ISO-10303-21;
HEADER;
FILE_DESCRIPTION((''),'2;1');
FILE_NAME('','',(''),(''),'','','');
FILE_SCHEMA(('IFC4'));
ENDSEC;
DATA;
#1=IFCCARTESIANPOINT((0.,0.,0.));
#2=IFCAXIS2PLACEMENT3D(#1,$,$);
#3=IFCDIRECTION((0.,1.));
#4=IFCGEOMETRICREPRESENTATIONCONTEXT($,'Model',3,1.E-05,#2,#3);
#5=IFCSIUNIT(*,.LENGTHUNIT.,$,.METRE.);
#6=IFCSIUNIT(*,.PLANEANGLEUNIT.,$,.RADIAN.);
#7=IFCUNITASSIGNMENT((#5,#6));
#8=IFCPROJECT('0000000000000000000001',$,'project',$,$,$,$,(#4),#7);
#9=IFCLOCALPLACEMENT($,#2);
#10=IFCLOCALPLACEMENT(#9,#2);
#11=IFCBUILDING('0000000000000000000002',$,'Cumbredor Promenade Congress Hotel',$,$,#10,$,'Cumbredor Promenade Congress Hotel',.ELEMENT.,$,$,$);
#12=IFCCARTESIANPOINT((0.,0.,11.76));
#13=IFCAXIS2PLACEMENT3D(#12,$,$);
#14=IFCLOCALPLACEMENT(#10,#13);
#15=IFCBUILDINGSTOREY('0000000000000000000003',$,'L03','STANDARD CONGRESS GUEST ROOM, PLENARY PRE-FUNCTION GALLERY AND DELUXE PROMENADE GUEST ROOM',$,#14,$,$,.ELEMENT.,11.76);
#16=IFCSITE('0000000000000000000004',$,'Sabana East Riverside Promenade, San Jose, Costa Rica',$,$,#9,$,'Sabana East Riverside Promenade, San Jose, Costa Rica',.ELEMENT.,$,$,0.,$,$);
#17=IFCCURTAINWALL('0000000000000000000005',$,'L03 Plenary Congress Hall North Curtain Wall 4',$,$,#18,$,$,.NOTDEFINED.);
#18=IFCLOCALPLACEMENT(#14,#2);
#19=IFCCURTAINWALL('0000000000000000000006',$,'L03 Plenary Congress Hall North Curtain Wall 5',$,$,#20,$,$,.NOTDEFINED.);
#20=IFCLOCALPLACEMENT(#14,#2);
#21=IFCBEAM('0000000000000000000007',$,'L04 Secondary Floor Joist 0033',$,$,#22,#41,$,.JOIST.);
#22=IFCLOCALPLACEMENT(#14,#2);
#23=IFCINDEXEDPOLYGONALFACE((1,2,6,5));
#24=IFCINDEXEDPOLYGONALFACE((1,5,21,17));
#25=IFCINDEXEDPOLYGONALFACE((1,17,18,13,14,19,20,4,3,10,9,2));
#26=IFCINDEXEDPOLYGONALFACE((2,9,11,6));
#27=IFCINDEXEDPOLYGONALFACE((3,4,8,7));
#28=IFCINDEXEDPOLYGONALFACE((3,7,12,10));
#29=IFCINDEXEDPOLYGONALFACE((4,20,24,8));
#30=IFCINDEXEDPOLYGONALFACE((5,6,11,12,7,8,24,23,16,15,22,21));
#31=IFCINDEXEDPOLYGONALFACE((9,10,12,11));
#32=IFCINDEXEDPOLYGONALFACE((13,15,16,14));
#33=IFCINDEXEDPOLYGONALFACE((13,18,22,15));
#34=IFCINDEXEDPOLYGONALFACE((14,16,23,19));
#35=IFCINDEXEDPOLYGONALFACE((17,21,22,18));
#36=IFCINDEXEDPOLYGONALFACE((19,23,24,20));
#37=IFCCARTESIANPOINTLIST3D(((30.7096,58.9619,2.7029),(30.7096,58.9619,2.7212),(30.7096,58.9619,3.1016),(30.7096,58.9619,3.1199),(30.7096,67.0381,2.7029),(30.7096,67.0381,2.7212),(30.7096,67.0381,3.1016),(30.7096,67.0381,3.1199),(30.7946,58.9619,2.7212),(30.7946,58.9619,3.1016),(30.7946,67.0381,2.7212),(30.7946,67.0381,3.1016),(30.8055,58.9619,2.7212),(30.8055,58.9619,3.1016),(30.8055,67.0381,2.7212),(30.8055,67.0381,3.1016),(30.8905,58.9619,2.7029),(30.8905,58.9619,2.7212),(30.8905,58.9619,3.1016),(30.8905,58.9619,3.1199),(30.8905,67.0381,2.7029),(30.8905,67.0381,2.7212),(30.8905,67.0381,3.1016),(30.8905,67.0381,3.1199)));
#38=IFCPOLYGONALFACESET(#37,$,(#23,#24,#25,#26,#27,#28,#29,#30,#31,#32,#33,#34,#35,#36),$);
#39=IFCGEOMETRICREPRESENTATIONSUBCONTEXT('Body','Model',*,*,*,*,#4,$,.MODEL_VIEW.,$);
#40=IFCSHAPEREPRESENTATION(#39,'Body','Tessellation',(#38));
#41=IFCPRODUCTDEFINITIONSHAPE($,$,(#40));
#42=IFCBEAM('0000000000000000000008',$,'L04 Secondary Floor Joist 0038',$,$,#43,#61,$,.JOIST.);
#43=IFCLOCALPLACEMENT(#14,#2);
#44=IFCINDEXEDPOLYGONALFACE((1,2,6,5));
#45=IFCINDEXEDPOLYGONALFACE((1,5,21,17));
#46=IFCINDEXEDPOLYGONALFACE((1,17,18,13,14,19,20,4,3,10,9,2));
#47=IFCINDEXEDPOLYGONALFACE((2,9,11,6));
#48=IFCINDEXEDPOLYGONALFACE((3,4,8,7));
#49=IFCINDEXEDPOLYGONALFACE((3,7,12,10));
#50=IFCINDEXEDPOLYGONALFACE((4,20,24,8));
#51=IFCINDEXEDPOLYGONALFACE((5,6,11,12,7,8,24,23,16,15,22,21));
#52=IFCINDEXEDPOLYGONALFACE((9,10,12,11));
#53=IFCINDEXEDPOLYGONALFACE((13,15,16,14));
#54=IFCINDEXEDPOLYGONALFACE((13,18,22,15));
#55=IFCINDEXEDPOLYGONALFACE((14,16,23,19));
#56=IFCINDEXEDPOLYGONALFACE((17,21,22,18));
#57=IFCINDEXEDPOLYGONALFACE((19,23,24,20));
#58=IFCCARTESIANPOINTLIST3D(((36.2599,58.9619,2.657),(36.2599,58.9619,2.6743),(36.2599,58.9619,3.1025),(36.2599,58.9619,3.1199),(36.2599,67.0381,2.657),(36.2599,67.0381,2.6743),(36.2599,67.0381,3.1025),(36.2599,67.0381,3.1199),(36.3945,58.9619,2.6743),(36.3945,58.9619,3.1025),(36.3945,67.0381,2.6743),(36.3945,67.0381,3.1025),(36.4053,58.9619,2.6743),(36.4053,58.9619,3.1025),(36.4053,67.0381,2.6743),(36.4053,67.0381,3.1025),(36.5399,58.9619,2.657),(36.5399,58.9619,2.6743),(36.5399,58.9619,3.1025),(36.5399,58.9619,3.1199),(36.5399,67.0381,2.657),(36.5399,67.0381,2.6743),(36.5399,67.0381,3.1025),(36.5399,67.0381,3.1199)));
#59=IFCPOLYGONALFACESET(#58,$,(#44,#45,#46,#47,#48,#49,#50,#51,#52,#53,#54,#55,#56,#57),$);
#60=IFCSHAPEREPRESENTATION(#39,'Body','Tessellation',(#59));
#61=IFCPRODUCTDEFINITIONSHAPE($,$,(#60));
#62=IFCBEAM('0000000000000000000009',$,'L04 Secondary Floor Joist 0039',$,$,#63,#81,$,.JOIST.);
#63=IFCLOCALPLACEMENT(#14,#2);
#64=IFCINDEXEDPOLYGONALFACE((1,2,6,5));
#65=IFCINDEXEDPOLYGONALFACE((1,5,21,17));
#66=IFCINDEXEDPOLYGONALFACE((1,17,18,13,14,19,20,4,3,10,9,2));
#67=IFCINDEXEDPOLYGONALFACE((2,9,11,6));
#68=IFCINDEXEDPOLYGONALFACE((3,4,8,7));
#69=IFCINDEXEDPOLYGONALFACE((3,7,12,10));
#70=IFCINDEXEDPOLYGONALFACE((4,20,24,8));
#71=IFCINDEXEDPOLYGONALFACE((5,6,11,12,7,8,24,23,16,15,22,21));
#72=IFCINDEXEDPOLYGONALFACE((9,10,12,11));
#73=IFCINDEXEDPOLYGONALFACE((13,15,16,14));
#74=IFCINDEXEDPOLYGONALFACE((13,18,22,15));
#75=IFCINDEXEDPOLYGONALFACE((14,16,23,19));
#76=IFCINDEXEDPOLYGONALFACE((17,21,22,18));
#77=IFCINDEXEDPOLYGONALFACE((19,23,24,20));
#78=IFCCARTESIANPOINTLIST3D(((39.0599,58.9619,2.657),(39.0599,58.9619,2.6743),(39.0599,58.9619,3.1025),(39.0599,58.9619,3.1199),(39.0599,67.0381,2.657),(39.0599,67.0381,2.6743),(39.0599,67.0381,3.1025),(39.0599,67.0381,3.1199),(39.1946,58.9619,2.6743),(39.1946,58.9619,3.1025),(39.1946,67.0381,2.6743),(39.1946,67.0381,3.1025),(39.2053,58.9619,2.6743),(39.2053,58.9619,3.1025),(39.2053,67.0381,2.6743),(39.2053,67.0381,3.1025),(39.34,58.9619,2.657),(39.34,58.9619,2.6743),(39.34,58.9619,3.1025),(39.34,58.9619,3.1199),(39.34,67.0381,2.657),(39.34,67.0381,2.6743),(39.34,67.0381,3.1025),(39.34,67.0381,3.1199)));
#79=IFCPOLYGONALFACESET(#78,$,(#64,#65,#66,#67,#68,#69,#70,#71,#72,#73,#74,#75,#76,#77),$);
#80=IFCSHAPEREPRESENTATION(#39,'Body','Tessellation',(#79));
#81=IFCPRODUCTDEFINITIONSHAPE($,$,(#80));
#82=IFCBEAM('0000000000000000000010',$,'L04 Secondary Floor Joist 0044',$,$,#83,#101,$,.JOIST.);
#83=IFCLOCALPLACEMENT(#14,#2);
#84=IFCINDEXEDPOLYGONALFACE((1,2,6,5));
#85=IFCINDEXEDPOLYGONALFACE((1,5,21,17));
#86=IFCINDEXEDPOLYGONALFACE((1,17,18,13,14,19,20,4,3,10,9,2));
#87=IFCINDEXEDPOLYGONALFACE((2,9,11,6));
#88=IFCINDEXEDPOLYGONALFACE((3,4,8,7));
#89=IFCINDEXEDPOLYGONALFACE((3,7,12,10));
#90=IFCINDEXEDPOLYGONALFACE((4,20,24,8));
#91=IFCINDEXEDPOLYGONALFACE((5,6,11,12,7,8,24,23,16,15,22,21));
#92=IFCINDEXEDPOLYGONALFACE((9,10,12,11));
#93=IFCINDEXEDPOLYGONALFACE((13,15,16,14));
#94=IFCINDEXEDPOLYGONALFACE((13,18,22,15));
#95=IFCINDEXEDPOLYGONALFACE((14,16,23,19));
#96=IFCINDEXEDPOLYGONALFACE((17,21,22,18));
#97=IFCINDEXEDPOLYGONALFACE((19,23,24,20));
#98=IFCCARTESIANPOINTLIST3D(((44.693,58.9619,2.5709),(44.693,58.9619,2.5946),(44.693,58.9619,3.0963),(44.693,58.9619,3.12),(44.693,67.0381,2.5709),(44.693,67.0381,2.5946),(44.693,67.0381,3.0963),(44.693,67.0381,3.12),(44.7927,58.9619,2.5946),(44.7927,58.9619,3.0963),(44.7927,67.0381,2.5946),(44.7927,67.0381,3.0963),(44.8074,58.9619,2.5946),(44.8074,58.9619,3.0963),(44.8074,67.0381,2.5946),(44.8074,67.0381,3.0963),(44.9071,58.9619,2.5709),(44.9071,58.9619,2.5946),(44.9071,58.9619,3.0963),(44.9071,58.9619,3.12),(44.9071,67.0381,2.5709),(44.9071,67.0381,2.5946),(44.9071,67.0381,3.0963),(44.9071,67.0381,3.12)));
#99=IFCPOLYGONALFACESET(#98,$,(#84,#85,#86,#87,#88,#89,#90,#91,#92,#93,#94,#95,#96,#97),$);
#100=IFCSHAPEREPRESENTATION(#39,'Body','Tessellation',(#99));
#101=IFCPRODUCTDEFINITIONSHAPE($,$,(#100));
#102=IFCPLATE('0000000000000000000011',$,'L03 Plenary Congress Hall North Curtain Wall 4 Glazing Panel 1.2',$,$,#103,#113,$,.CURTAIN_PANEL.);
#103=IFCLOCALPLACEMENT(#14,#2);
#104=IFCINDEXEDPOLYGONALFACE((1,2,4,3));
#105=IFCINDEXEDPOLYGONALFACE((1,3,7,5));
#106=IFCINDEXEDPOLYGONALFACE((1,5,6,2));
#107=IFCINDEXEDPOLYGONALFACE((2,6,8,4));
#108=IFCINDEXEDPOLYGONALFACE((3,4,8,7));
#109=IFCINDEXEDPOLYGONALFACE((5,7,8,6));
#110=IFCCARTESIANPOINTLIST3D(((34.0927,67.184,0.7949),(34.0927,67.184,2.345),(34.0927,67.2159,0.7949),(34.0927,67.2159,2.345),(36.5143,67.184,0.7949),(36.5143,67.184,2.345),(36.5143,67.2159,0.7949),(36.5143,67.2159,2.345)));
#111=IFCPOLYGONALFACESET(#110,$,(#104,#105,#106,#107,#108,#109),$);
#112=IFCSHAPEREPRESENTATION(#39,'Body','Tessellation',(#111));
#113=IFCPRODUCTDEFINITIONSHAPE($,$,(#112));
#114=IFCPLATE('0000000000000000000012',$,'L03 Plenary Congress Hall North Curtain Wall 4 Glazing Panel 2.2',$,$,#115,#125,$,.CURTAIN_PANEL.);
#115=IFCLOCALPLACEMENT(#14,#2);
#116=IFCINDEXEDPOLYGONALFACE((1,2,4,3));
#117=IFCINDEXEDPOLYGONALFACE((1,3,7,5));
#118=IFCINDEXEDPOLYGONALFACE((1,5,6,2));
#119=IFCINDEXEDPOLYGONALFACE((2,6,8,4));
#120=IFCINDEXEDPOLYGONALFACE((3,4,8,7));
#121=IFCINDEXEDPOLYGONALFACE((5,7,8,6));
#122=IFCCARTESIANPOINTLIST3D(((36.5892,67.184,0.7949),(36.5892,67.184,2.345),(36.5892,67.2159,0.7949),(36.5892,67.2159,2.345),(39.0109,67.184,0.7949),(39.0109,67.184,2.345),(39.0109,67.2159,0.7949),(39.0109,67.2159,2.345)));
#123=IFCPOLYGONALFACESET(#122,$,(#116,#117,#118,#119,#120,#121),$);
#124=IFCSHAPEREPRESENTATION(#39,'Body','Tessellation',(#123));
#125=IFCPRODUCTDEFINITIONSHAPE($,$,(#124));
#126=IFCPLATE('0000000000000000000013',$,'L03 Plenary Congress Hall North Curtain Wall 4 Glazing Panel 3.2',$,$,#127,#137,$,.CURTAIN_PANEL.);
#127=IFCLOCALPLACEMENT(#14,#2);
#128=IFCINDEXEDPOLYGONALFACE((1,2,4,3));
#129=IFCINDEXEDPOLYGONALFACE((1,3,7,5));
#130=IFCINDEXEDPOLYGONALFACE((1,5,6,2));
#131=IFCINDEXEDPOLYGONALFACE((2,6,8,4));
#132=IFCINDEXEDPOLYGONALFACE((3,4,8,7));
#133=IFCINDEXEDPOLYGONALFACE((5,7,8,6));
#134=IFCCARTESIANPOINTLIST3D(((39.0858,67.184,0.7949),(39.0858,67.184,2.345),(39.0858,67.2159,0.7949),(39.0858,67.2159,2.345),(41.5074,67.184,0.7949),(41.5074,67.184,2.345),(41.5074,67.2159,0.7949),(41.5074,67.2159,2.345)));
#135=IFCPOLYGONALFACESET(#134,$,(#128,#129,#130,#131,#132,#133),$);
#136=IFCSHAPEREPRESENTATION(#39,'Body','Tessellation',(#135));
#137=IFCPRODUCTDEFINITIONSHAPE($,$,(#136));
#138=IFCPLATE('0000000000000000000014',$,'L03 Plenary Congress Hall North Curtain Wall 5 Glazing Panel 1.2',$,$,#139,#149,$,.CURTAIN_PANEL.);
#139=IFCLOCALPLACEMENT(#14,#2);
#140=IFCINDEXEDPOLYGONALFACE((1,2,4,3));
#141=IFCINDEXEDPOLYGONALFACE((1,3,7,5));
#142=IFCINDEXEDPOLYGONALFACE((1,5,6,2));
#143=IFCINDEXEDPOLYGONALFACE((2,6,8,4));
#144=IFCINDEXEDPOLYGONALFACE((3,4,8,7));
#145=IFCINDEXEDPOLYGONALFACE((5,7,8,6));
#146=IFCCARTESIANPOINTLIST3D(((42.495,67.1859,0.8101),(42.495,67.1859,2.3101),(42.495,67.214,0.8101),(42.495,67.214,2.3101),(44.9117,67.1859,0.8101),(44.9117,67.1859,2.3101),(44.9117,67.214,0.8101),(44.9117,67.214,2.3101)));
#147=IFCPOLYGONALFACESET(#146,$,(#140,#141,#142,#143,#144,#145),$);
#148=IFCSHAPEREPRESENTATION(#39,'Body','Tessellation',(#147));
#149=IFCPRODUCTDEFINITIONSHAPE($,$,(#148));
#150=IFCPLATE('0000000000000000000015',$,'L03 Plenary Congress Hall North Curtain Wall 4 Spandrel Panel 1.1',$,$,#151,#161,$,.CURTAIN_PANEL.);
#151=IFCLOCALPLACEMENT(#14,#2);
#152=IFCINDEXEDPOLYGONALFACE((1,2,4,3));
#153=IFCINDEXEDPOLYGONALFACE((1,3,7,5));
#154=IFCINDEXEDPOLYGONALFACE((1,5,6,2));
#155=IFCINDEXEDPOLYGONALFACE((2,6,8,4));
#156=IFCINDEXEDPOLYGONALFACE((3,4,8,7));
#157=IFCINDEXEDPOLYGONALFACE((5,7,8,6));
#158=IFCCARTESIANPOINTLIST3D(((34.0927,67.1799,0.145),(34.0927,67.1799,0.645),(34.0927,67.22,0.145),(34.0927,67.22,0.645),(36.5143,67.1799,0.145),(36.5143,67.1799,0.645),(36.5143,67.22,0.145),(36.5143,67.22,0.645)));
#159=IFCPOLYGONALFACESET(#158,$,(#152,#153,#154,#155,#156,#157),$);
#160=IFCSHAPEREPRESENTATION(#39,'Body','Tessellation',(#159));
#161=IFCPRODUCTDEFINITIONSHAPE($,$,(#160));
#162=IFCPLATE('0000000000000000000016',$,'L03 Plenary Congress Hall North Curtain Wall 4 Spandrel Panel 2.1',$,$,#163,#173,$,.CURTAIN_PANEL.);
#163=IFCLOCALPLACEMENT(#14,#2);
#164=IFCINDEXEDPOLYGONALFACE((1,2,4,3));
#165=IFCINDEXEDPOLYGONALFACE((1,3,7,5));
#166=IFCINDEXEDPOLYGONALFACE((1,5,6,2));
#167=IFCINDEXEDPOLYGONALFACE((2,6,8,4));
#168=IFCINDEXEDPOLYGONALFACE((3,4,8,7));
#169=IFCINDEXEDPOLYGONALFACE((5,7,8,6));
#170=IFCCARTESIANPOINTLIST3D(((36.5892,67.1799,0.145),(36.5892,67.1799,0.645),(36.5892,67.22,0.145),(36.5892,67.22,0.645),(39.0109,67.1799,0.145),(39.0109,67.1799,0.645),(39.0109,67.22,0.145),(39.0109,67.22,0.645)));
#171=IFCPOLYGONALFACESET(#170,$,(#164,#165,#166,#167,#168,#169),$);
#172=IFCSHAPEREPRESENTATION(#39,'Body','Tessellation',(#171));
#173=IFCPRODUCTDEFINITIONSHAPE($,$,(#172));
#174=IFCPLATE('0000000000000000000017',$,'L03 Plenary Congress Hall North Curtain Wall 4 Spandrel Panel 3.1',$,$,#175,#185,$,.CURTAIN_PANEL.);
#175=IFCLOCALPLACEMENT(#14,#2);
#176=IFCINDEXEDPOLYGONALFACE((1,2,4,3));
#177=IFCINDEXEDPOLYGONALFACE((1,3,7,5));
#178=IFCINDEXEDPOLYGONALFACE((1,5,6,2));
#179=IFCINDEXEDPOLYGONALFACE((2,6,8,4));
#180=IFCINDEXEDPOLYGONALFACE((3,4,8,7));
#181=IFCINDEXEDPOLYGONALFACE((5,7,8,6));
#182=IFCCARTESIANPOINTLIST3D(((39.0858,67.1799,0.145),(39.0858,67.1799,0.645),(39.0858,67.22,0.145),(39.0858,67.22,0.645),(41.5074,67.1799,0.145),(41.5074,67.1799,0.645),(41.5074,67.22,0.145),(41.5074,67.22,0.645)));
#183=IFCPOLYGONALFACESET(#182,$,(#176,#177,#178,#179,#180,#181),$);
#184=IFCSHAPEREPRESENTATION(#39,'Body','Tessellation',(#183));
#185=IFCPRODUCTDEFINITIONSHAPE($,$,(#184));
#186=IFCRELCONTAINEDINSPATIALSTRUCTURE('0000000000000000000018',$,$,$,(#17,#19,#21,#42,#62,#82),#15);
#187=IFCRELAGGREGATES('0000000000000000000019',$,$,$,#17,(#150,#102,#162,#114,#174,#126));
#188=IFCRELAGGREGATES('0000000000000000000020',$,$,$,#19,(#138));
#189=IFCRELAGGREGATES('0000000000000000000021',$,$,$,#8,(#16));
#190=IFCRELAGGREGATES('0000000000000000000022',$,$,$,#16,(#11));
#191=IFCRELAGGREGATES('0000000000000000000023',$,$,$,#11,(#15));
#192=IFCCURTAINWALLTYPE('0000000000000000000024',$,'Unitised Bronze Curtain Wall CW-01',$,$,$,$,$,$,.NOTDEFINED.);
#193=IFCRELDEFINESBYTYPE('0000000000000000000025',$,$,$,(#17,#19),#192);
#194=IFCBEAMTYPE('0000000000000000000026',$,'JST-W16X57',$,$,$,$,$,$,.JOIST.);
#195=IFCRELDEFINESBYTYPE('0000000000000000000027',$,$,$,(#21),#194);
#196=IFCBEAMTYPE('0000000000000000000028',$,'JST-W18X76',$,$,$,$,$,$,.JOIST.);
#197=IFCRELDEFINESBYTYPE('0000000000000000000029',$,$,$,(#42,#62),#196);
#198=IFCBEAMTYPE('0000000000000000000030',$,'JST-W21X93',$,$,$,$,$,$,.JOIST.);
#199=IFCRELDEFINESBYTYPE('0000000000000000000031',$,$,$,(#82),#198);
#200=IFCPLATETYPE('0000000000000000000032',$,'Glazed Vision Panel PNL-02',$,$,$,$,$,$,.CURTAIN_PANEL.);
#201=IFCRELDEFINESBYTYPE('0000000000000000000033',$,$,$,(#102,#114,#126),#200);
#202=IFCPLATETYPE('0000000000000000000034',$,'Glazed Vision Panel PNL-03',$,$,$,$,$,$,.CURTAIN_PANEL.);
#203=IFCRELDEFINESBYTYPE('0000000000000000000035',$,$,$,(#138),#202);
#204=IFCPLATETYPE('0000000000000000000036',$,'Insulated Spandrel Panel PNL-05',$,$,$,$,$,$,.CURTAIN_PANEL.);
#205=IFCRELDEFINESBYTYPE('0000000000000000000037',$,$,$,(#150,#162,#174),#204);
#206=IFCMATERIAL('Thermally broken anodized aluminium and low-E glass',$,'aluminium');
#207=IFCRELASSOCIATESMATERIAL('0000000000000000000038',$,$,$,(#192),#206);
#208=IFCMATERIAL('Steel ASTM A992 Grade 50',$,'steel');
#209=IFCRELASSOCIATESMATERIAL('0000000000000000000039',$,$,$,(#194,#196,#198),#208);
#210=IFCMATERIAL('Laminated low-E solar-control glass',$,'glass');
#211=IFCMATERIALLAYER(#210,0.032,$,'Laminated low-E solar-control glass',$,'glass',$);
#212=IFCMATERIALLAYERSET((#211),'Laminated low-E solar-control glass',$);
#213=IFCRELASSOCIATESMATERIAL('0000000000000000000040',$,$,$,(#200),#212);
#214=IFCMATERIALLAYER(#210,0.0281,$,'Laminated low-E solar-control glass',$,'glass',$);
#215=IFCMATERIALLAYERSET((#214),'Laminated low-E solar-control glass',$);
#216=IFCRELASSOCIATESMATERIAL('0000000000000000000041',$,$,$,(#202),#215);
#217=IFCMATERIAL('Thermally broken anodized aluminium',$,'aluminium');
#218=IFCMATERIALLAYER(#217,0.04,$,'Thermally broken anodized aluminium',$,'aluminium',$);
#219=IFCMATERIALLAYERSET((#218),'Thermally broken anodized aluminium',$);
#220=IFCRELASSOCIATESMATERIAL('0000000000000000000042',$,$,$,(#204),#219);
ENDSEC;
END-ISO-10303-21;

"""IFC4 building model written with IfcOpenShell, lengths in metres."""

from ifc_helpers import new_model, si_unit, direction, frame, origin, origin_2d, place, context, subcontext, project, spatial, rectangle, i_section, extrude, material, layer, layer_set, material_profile, profile_set, type_object, element, aggregate, save


model = new_model("IFC4")

# Units and contexts
model_context = context("Model", 3, precision=1e-05, world=origin(), true_north=direction((0.0, 1.0)))
body_context = subcontext(model_context, "Body", "Model", "MODEL_VIEW")
ifc_project = project(units=[si_unit("LENGTHUNIT", "METRE"), si_unit("PLANEANGLEUNIT", "RADIAN")], contexts=[model_context])

# Site, building, storey
site_placement = place(None, origin())
site = spatial("IfcSite", under=ifc_project, at=site_placement, Name="Sabana East Riverside Promenade, San Jose, Costa Rica", LongName="Sabana East Riverside Promenade, San Jose, Costa Rica", CompositionType="ELEMENT", RefElevation=0.0)
building_placement = place(site_placement, origin())
building = spatial("IfcBuilding", under=site, at=building_placement, Name="Cumbredor Promenade Congress Hotel", LongName="Cumbredor Promenade Congress Hotel", CompositionType="ELEMENT")
storey_placement = place(building_placement, frame((0.0, 0.0, 11.76)))
storey = spatial("IfcBuildingStorey", under=building, at=storey_placement, Name="L03", Description="STANDARD CONGRESS GUEST ROOM, PLENARY PRE-FUNCTION GALLERY AND DELUXE PROMENADE GUEST ROOM", CompositionType="ELEMENT", Elevation=11.76)

# Shared definitions
ifc_material_1 = material(Name="Steel ASTM A992 Grade 50", Category="steel")

# Curtain wall
ifc_material_2 = material(Name="Thermally broken anodized aluminium and low-E glass", Category="aluminium")
curtain_wall_type = type_object("IfcCurtainWallType", Name="Unitised Bronze Curtain Wall CW-01", PredefinedType="NOTDEFINED", material=ifc_material_2)
curtain_wall_1_placement = place(storey_placement, origin())
curtain_wall_1 = element("IfcCurtainWall", 1, at=curtain_wall_1_placement, inside=storey, type_object=curtain_wall_type, Name="L03 Plenary Congress Hall North Curtain Wall 4", PredefinedType="NOTDEFINED")
ifc_material_3 = material(Name="Thermally broken anodized aluminium", Category="aluminium")

# Curtain wall
curtain_wall_2_placement = place(storey_placement, origin())
curtain_wall_2 = element("IfcCurtainWall", 2, at=curtain_wall_2_placement, inside=storey, type_object=curtain_wall_type, Name="L03 Plenary Congress Hall North Curtain Wall 5", PredefinedType="NOTDEFINED")

# Beams
ifc_material_profile_1 = material_profile(ifc_material_1, i_section(OverallWidth=0.1809, OverallDepth=0.417, WebThickness=0.011, FlangeThickness=0.0183, at=origin_2d()), Name="W16X57")
ifc_profile_set_1 = profile_set([ifc_material_profile_1], Name="Steel ASTM A992 Grade 50")
beam_type_1 = type_object("IfcBeamType", Name="JST-W16X57", PredefinedType="JOIST", material=ifc_profile_set_1)
beam_1_placement = place(storey_placement, frame((30.8, 58.9619, 2.9114), z_axis=(0.0, 1.0, 0.0), x_axis=(-1.0, 0.0, 0.0)))
element("IfcBeam", 3, at=beam_1_placement, inside=storey, type_object=beam_type_1, Name="L04 Secondary Floor Joist 0033", PredefinedType="JOIST", context=body_context, shape_type="SweptSolid", body=[
    extrude(i_section(OverallWidth=0.1809, OverallDepth=0.417, WebThickness=0.011, FlangeThickness=0.0183, at=origin_2d()), origin(), (0.0, 0.0, 1.0), 8.0762),
])
ifc_material_profile_2 = material_profile(ifc_material_1, i_section(OverallWidth=0.28, OverallDepth=0.4629, WebThickness=0.0107, FlangeThickness=0.0173, at=origin_2d()), Name="W18X76")
ifc_profile_set_2 = profile_set([ifc_material_profile_2], Name="Steel ASTM A992 Grade 50")
beam_type_2 = type_object("IfcBeamType", Name="JST-W18X76", PredefinedType="JOIST", material=ifc_profile_set_2)
for number, where, z_axis, x_axis, name in (
    (4, (36.3999, 58.9619, 2.8884), (0.0, 1.0, 0.0), (-1.0, 0.0, 0.0), "L04 Secondary Floor Joist 0038"),
    (5, (39.2, 58.9619, 2.8884), (0.0, 1.0, 0.0), (-1.0, 0.0, 0.0), "L04 Secondary Floor Joist 0039"),
):
    element("IfcBeam", number, at=place(storey_placement, frame(where, z_axis=z_axis, x_axis=x_axis)), inside=storey, type_object=beam_type_2, Name=name, PredefinedType="JOIST", context=body_context, shape_type="SweptSolid", body=[
        extrude(i_section(OverallWidth=0.28, OverallDepth=0.4629, WebThickness=0.0107, FlangeThickness=0.0173, at=origin_2d()), origin(), (0.0, 0.0, 1.0), 8.0762),
    ])
ifc_material_profile_3 = material_profile(ifc_material_1, i_section(OverallWidth=0.2141, OverallDepth=0.5491, WebThickness=0.0146, FlangeThickness=0.0237, at=origin_2d()), Name="W21X93")
ifc_profile_set_3 = profile_set([ifc_material_profile_3], Name="Steel ASTM A992 Grade 50")
beam_type_3 = type_object("IfcBeamType", Name="JST-W21X93", PredefinedType="JOIST", material=ifc_profile_set_3)
beam_2_placement = place(storey_placement, frame((44.8, 58.9619, 2.8455), z_axis=(0.0, 1.0, 0.0), x_axis=(-1.0, 0.0, 0.0)))
element("IfcBeam", 6, at=beam_2_placement, inside=storey, type_object=beam_type_3, Name="L04 Secondary Floor Joist 0044", PredefinedType="JOIST", context=body_context, shape_type="SweptSolid", body=[
    extrude(i_section(OverallWidth=0.2141, OverallDepth=0.5491, WebThickness=0.0146, FlangeThickness=0.0237, at=origin_2d()), origin(), (0.0, 0.0, 1.0), 8.0762),
])

# Plates
ifc_material_4 = material(Name="Laminated low-E solar-control glass", Category="glass")
ifc_layer_1 = layer(ifc_material_4, 0.032, Name="Laminated low-E solar-control glass", Category="glass")
ifc_layer_set_1 = layer_set([ifc_layer_1], Name="Laminated low-E solar-control glass")
plate_type_1 = type_object("IfcPlateType", Name="Glazed Vision Panel PNL-02", PredefinedType="CURTAIN_PANEL", material=ifc_layer_set_1)
plate_1_placement = place(storey_placement, frame((35.3035, 67.2, 0.7949), z_axis=(0.0, 0.0, 1.0), x_axis=(1.0, 0.0, 0.0)))
plate_1 = element("IfcPlate", 7, at=plate_1_placement, type_object=plate_type_1, Name="L03 Plenary Congress Hall North Curtain Wall 4 Glazing Panel 1.2", PredefinedType="CURTAIN_PANEL", context=body_context, shape_type="SweptSolid", body=[
    extrude(rectangle(XDim=2.4216, YDim=0.032, at=origin_2d()), origin(), (0.0, 0.0, 1.0), 1.55),
])
plate_2_placement = place(storey_placement, frame((37.8, 67.2, 0.7949), z_axis=(0.0, 0.0, 1.0), x_axis=(1.0, 0.0, 0.0)))
plate_2 = element("IfcPlate", 8, at=plate_2_placement, type_object=plate_type_1, Name="L03 Plenary Congress Hall North Curtain Wall 4 Glazing Panel 2.2", PredefinedType="CURTAIN_PANEL", context=body_context, shape_type="SweptSolid", body=[
    extrude(rectangle(XDim=2.4216, YDim=0.032, at=origin_2d()), origin(), (0.0, 0.0, 1.0), 1.55),
])
plate_3_placement = place(storey_placement, frame((40.2966, 67.2, 0.7949), z_axis=(0.0, 0.0, 1.0), x_axis=(1.0, 0.0, 0.0)))
plate_3 = element("IfcPlate", 9, at=plate_3_placement, type_object=plate_type_1, Name="L03 Plenary Congress Hall North Curtain Wall 4 Glazing Panel 3.2", PredefinedType="CURTAIN_PANEL", context=body_context, shape_type="SweptSolid", body=[
    extrude(rectangle(XDim=2.4216, YDim=0.032, at=origin_2d()), origin(), (0.0, 0.0, 1.0), 1.55),
])
ifc_layer_2 = layer(ifc_material_4, 0.0281, Name="Laminated low-E solar-control glass", Category="glass")
ifc_layer_set_2 = layer_set([ifc_layer_2], Name="Laminated low-E solar-control glass")
plate_type_2 = type_object("IfcPlateType", Name="Glazed Vision Panel PNL-03", PredefinedType="CURTAIN_PANEL", material=ifc_layer_set_2)
plate_4_placement = place(storey_placement, frame((43.7034, 67.2, 0.8101), z_axis=(0.0, 0.0, 1.0), x_axis=(1.0, 0.0, 0.0)))
plate_4 = element("IfcPlate", 10, at=plate_4_placement, type_object=plate_type_2, Name="L03 Plenary Congress Hall North Curtain Wall 5 Glazing Panel 1.2", PredefinedType="CURTAIN_PANEL", context=body_context, shape_type="SweptSolid", body=[
    extrude(rectangle(XDim=2.4167, YDim=0.0281, at=origin_2d()), origin(), (0.0, 0.0, 1.0), 1.5),
])
ifc_layer_3 = layer(ifc_material_3, 0.04, Name="Thermally broken anodized aluminium", Category="aluminium")
ifc_layer_set_3 = layer_set([ifc_layer_3], Name="Thermally broken anodized aluminium")
plate_type_3 = type_object("IfcPlateType", Name="Insulated Spandrel Panel PNL-05", PredefinedType="CURTAIN_PANEL", material=ifc_layer_set_3)
plate_5_placement = place(storey_placement, frame((35.3035, 67.2, 0.145), z_axis=(0.0, 0.0, 1.0), x_axis=(1.0, 0.0, 0.0)))
plate_5 = element("IfcPlate", 11, at=plate_5_placement, type_object=plate_type_3, Name="L03 Plenary Congress Hall North Curtain Wall 4 Spandrel Panel 1.1", PredefinedType="CURTAIN_PANEL", context=body_context, shape_type="SweptSolid", body=[
    extrude(rectangle(XDim=2.4216, YDim=0.04, at=origin_2d()), origin(), (0.0, 0.0, 1.0), 0.5),
])
plate_6_placement = place(storey_placement, frame((37.8, 67.2, 0.145), z_axis=(0.0, 0.0, 1.0), x_axis=(1.0, 0.0, 0.0)))
plate_6 = element("IfcPlate", 12, at=plate_6_placement, type_object=plate_type_3, Name="L03 Plenary Congress Hall North Curtain Wall 4 Spandrel Panel 2.1", PredefinedType="CURTAIN_PANEL", context=body_context, shape_type="SweptSolid", body=[
    extrude(rectangle(XDim=2.4216, YDim=0.04, at=origin_2d()), origin(), (0.0, 0.0, 1.0), 0.5),
])
plate_7_placement = place(storey_placement, frame((40.2966, 67.2, 0.145), z_axis=(0.0, 0.0, 1.0), x_axis=(1.0, 0.0, 0.0)))
plate_7 = element("IfcPlate", 13, at=plate_7_placement, type_object=plate_type_3, Name="L03 Plenary Congress Hall North Curtain Wall 4 Spandrel Panel 3.1", PredefinedType="CURTAIN_PANEL", context=body_context, shape_type="SweptSolid", body=[
    extrude(rectangle(XDim=2.4216, YDim=0.04, at=origin_2d()), origin(), (0.0, 0.0, 1.0), 0.5),
])
aggregate(curtain_wall_1, [plate_5, plate_1, plate_6, plate_2, plate_7, plate_3])
aggregate(curtain_wall_2, [plate_4])

save(model, "model.ifc")
